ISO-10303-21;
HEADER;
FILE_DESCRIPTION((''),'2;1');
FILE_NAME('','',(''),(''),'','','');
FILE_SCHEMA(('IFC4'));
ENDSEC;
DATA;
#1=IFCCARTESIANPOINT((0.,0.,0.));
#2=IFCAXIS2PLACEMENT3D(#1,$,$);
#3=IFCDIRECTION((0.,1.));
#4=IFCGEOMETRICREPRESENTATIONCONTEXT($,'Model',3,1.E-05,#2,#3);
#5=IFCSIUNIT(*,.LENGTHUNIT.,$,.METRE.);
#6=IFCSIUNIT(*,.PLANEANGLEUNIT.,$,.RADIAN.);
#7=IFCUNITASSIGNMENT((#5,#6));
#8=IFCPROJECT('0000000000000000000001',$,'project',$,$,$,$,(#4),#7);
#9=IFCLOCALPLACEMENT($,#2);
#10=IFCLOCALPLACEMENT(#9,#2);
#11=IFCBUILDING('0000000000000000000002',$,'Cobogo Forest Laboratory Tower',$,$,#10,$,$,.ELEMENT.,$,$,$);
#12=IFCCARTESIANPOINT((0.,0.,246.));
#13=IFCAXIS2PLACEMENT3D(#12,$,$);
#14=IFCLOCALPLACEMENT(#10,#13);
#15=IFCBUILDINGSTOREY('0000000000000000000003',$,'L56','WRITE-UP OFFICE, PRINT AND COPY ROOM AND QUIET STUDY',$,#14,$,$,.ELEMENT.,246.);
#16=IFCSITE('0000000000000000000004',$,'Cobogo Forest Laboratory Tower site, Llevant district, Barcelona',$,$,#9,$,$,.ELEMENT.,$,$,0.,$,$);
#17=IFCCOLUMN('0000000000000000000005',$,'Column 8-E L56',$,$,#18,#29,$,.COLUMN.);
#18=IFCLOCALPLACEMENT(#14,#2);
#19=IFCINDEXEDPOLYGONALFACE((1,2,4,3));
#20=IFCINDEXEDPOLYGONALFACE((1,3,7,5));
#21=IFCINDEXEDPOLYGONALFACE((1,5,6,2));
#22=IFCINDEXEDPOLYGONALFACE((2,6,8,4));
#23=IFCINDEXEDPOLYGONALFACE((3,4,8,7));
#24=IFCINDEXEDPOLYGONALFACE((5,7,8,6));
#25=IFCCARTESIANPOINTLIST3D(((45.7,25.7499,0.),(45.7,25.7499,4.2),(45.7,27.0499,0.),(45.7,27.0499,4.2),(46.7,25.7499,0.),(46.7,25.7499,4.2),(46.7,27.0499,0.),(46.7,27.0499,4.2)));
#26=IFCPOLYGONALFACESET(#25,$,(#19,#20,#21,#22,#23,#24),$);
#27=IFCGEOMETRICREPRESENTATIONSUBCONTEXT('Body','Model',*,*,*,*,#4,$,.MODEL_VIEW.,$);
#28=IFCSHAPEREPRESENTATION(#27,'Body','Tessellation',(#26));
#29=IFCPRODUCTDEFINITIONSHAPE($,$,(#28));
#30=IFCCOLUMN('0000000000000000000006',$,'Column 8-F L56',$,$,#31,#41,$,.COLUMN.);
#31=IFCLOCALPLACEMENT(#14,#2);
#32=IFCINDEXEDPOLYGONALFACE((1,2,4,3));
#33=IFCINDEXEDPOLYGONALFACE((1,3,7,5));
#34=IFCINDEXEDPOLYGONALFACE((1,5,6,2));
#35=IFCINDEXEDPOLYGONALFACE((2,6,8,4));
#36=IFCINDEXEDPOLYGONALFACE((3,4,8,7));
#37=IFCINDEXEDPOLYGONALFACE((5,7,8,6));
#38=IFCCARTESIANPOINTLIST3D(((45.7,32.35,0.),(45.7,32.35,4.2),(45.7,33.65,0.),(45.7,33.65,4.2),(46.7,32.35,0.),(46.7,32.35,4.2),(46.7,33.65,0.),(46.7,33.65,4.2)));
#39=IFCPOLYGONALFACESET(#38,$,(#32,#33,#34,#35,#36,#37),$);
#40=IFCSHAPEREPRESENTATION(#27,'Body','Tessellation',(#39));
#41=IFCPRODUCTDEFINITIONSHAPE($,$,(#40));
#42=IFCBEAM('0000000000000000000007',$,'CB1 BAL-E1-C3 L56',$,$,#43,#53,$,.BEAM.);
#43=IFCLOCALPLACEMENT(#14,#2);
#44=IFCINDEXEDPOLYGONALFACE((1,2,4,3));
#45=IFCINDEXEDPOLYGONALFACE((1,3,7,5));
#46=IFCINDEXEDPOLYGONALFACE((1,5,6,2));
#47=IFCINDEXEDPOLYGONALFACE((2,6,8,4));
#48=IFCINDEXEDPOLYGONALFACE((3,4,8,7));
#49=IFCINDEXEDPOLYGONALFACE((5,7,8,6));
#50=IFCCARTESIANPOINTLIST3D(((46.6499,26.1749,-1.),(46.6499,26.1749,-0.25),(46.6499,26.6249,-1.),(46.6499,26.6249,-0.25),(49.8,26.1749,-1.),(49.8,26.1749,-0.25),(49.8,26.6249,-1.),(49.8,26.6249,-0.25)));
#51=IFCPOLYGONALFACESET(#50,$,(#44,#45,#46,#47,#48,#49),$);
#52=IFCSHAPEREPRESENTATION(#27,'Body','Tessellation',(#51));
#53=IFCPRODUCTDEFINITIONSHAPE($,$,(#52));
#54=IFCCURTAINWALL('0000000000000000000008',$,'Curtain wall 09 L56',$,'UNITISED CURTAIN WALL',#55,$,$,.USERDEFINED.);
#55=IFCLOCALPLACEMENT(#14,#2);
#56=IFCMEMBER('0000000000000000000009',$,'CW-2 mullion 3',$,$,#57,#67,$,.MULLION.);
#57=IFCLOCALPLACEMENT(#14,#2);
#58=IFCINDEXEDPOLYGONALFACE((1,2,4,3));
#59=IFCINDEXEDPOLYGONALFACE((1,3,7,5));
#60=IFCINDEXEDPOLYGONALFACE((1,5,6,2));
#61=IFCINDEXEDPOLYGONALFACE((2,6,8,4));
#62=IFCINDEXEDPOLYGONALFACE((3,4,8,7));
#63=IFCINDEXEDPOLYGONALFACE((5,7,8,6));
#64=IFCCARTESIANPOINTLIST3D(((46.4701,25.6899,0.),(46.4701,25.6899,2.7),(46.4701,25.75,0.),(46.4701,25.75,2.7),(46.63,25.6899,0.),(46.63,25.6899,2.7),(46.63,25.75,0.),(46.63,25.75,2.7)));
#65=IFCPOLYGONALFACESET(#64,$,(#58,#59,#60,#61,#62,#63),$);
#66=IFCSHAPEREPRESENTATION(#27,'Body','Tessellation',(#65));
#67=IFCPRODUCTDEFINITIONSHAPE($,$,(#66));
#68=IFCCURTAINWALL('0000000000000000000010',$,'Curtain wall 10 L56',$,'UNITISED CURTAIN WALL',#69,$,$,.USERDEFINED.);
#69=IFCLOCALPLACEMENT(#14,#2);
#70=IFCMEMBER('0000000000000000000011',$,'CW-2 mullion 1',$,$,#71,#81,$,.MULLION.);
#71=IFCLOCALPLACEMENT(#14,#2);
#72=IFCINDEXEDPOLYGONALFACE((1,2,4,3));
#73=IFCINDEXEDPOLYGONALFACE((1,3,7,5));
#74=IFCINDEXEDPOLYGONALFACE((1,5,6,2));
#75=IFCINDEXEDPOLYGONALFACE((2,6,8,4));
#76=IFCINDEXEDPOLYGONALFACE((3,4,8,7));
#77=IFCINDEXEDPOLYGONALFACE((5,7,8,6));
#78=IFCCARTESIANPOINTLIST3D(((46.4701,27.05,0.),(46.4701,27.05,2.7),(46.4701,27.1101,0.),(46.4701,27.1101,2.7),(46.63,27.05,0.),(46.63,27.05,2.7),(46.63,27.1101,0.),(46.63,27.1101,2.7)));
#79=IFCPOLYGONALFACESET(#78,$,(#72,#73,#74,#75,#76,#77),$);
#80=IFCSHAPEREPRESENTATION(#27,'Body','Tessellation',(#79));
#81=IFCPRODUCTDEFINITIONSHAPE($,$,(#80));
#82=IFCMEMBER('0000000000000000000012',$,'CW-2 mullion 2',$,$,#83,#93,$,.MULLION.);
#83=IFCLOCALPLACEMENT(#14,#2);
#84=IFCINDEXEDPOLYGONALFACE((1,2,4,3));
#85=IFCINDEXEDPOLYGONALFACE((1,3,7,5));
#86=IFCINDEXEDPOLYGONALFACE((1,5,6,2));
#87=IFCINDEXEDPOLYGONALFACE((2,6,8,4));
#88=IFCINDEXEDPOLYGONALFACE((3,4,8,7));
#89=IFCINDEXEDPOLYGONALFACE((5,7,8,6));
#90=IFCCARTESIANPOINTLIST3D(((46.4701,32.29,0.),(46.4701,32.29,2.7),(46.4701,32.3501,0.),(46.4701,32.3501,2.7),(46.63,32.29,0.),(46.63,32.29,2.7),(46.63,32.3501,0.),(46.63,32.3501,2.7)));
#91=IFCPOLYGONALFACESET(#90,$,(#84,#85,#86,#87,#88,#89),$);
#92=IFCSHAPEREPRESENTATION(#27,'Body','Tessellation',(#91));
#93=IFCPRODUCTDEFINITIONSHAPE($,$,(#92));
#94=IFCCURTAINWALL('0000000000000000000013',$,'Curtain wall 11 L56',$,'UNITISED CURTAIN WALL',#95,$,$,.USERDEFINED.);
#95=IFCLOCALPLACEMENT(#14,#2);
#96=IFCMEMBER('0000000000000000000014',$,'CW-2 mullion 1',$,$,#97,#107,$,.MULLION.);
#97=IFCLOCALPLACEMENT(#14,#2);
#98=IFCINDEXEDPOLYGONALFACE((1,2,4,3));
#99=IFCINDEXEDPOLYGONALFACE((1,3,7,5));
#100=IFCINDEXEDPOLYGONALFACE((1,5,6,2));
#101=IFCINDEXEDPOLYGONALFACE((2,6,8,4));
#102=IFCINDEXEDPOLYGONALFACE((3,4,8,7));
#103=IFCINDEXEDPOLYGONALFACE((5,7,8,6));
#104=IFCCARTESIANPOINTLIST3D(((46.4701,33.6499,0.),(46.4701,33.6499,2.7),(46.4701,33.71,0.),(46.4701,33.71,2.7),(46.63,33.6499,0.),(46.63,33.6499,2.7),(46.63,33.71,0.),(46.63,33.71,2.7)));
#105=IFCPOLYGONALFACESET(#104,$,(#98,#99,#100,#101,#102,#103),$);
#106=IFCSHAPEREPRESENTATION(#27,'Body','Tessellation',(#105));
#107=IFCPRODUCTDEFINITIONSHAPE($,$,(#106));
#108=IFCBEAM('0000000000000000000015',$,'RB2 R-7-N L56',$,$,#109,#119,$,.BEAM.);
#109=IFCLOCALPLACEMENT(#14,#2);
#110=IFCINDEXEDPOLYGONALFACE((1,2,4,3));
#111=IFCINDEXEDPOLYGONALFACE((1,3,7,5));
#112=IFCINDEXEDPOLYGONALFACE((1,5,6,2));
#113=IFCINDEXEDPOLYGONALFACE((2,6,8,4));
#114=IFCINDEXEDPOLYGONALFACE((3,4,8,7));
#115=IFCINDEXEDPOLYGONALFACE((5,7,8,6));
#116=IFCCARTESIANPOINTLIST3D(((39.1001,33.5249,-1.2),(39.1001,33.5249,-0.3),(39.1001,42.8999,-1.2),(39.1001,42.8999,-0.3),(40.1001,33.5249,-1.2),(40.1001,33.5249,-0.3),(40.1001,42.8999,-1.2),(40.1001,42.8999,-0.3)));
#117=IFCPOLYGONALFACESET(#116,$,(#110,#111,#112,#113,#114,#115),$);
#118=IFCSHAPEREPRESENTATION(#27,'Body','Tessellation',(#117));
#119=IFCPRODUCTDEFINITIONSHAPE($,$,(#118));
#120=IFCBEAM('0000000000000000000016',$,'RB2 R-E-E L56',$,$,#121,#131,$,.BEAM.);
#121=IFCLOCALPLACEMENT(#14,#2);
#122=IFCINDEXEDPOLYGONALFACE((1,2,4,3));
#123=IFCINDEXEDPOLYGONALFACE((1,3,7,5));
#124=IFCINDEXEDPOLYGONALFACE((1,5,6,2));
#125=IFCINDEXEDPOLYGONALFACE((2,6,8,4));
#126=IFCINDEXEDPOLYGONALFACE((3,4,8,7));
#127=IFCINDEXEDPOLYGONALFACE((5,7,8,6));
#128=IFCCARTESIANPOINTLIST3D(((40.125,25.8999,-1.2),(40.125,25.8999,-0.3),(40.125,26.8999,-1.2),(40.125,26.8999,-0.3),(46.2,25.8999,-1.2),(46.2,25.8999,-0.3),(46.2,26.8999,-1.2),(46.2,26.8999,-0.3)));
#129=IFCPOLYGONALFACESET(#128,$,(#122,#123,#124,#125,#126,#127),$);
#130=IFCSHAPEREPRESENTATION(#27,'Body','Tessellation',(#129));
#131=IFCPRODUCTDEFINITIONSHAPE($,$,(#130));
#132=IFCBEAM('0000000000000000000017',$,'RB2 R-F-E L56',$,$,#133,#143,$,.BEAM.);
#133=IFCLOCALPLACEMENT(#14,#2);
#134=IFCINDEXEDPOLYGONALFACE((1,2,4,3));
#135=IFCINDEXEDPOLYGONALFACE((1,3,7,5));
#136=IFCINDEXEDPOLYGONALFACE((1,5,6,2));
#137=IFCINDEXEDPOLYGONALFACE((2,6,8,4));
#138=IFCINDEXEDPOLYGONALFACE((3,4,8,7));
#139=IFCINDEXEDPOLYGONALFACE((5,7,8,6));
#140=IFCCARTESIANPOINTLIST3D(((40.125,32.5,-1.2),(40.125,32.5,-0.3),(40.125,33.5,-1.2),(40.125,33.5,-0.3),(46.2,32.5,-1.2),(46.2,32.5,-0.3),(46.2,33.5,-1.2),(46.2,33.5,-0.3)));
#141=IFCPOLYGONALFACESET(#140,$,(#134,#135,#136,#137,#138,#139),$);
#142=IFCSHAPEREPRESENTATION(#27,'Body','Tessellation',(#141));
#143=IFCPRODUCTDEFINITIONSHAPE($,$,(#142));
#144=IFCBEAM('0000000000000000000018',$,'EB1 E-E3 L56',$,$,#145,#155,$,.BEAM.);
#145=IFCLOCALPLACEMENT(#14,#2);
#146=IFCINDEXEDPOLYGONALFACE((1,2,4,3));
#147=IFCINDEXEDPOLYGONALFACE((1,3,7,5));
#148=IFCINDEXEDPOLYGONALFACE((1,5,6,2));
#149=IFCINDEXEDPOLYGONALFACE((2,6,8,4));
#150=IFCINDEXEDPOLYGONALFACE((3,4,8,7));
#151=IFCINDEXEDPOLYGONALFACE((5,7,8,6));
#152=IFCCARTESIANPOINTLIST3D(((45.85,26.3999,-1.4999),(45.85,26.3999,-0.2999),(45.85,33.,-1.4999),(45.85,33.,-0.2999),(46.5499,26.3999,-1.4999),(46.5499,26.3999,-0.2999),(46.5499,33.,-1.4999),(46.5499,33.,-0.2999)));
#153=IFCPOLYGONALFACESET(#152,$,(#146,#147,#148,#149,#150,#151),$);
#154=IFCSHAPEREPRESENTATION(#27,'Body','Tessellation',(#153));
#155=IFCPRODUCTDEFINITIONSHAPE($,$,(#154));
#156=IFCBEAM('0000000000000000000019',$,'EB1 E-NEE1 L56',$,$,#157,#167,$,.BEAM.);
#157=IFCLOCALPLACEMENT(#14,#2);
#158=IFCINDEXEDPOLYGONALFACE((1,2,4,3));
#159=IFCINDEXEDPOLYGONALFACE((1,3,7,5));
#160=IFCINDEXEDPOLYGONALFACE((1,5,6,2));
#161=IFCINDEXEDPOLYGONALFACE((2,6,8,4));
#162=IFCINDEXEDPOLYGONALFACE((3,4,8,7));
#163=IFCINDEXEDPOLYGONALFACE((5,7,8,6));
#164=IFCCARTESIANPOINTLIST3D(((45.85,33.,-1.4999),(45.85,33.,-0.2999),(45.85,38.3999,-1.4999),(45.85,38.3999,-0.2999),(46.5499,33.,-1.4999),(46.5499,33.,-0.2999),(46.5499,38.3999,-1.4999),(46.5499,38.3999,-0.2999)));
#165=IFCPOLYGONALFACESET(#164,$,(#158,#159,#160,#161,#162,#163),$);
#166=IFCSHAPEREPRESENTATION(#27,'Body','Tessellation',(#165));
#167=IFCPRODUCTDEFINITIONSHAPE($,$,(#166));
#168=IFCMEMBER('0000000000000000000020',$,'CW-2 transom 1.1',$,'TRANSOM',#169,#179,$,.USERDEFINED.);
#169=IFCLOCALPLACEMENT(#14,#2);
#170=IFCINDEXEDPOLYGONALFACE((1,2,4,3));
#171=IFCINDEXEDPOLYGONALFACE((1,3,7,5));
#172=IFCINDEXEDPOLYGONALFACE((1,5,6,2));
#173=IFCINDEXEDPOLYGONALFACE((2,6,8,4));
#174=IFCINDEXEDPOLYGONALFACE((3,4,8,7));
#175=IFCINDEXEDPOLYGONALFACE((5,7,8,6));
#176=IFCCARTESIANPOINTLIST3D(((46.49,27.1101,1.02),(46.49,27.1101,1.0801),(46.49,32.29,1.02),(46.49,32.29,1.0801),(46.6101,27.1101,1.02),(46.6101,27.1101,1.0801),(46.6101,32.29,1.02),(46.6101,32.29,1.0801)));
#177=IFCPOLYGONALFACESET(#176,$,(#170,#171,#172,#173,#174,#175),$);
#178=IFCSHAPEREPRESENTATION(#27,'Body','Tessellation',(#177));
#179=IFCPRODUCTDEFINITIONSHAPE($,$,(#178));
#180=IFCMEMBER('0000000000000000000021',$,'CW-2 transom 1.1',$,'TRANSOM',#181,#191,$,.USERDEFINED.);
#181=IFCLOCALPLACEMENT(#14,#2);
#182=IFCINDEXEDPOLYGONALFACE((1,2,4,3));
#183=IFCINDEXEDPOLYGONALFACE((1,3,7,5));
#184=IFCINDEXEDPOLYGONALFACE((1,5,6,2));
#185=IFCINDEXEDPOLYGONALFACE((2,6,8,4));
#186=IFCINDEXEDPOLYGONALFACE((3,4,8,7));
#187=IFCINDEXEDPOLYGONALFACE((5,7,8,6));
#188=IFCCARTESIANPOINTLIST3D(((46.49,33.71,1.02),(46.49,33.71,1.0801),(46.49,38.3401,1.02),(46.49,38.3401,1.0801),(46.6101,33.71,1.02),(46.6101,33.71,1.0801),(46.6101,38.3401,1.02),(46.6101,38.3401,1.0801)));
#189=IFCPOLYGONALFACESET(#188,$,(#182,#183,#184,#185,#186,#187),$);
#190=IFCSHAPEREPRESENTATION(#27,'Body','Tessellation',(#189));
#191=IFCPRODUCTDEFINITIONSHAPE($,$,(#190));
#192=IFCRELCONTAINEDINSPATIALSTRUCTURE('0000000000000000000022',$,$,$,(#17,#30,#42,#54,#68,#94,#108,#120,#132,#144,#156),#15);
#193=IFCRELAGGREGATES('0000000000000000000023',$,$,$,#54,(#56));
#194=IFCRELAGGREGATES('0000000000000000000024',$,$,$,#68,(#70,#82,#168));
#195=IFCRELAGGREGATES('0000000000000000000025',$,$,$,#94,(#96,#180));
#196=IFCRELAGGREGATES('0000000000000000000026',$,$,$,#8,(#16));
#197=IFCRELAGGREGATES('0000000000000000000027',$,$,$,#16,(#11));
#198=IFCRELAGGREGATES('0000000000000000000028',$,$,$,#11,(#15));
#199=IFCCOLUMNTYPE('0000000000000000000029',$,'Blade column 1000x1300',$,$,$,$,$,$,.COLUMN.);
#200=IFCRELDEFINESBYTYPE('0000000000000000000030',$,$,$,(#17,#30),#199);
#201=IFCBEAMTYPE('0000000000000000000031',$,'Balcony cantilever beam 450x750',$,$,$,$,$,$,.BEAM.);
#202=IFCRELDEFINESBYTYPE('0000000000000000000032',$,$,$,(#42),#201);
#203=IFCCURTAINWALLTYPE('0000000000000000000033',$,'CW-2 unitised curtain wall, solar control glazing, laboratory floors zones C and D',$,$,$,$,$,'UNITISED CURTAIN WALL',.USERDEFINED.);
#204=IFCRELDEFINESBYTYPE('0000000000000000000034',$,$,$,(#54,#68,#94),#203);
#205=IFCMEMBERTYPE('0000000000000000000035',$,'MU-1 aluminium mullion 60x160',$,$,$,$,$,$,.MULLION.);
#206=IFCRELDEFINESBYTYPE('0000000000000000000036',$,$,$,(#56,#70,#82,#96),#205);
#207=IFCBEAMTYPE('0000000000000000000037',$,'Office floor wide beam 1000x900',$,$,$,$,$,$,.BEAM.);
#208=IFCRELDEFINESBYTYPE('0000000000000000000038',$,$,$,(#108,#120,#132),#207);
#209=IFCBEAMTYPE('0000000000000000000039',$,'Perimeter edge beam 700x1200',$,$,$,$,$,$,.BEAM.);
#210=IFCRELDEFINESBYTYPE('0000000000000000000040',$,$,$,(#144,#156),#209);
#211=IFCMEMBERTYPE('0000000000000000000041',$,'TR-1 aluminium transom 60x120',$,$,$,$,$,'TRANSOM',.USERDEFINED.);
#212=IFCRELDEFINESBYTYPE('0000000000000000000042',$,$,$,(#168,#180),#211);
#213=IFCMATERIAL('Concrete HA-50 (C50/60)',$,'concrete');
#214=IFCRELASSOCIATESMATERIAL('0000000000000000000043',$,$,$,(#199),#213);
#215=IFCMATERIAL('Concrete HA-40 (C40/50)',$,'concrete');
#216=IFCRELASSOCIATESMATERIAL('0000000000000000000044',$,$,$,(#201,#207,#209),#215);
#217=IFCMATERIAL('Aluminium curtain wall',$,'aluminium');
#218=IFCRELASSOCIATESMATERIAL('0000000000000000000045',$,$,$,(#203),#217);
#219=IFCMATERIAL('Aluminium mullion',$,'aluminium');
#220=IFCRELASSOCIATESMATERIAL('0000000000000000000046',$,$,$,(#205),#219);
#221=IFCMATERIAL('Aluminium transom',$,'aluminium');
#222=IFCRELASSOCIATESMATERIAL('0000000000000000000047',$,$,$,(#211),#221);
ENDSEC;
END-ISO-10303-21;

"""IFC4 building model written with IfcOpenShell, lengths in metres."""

from ifc_helpers import new_model, si_unit, direction, frame, origin, origin_2d, place, context, subcontext, project, spatial, rectangle, extrude, material, material_profile, profile_set, type_object, element, aggregate, save


model = new_model("IFC4")

# Units and contexts
model_context = context("Model", 3, precision=1e-05, world=origin(), true_north=direction((0.0, 1.0)))
body_context = subcontext(model_context, "Body", "Model", "MODEL_VIEW")
ifc_project = project(units=[si_unit("LENGTHUNIT", "METRE"), si_unit("PLANEANGLEUNIT", "RADIAN")], contexts=[model_context])

# Site, building, storey
site_placement = place(None, origin())
site = spatial("IfcSite", under=ifc_project, at=site_placement, Name="Cobogo Forest Laboratory Tower site, Llevant district, Barcelona", CompositionType="ELEMENT", RefElevation=0.0)
building_placement = place(site_placement, origin())
building = spatial("IfcBuilding", under=site, at=building_placement, Name="Cobogo Forest Laboratory Tower", CompositionType="ELEMENT")
storey_placement = place(building_placement, frame((0.0, 0.0, 246.0)))
storey = spatial("IfcBuildingStorey", under=building, at=storey_placement, Name="L56", Description="WRITE-UP OFFICE, PRINT AND COPY ROOM AND QUIET STUDY", CompositionType="ELEMENT", Elevation=246.0)

# Columns
ifc_material_1 = material(Name="Concrete HA-50 (C50/60)", Category="concrete")
ifc_material_profile_1 = material_profile(ifc_material_1, rectangle(XDim=1.3, YDim=1.0, at=origin_2d()), Name="RC 1000x1300")
ifc_profile_set_1 = profile_set([ifc_material_profile_1], Name="Concrete HA-50 (C50/60)")
column_type = type_object("IfcColumnType", Name="Blade column 1000x1300", PredefinedType="COLUMN", material=ifc_profile_set_1)
for number, where, z_axis, x_axis, name in (
    (1, (46.2, 26.3999, 0.0), (0.0, 0.0, 1.0), (0.0, 1.0, 0.0), "Column 8-E L56"),
    (2, (46.2, 33.0, 0.0), (0.0, 0.0, 1.0), (0.0, 1.0, 0.0), "Column 8-F L56"),
):
    element("IfcColumn", number, at=place(storey_placement, frame(where, z_axis=z_axis, x_axis=x_axis)), inside=storey, type_object=column_type, Name=name, PredefinedType="COLUMN", context=body_context, shape_type="SweptSolid", body=[
        extrude(rectangle(XDim=1.3, YDim=1.0, at=origin_2d()), origin(), (0.0, 0.0, 1.0), 4.2),
    ])

# Beam
ifc_material_2 = material(Name="Concrete HA-40 (C40/50)", Category="concrete")
ifc_material_profile_2 = material_profile(ifc_material_2, rectangle(XDim=0.45, YDim=0.75, at=origin_2d()), Name="RC 450x750")
ifc_profile_set_2 = profile_set([ifc_material_profile_2], Name="Concrete HA-40 (C40/50)")
beam_type_1 = type_object("IfcBeamType", Name="Balcony cantilever beam 450x750", PredefinedType="BEAM", material=ifc_profile_set_2)
beam_1_placement = place(storey_placement, frame((46.6499, 26.3999, -0.625), z_axis=(1.0, 0.0, 0.0), x_axis=(0.0, 1.0, 0.0)))
element("IfcBeam", 3, at=beam_1_placement, inside=storey, type_object=beam_type_1, Name="CB1 BAL-E1-C3 L56", PredefinedType="BEAM", context=body_context, shape_type="SweptSolid", body=[
    extrude(rectangle(XDim=0.45, YDim=0.75, at=origin_2d()), origin(), (0.0, 0.0, 1.0), 3.1501),
])

# Curtain wall, member
ifc_material_3 = material(Name="Aluminium curtain wall", Category="aluminium")
curtain_wall_type = type_object("IfcCurtainWallType", Name="CW-2 unitised curtain wall, solar control glazing, laboratory floors zones C and D", ElementType="UNITISED CURTAIN WALL", PredefinedType="USERDEFINED", material=ifc_material_3)
curtain_wall_1_placement = place(storey_placement, origin())
curtain_wall_1 = element("IfcCurtainWall", 4, at=curtain_wall_1_placement, inside=storey, type_object=curtain_wall_type, Name="Curtain wall 09 L56", ObjectType="UNITISED CURTAIN WALL", PredefinedType="USERDEFINED")
ifc_material_4 = material(Name="Aluminium mullion", Category="aluminium")
ifc_material_profile_3 = material_profile(ifc_material_4, rectangle(XDim=0.0601, YDim=0.1599, at=origin_2d()), Name="AL 60x160")
ifc_profile_set_3 = profile_set([ifc_material_profile_3], Name="Aluminium mullion")
member_type_1 = type_object("IfcMemberType", Name="MU-1 aluminium mullion 60x160", PredefinedType="MULLION", material=ifc_profile_set_3)
member_1_placement = place(storey_placement, frame((46.55, 25.72, 0.0), z_axis=(0.0, 0.0, 1.0), x_axis=(0.0, 1.0, 0.0)))
member_1 = element("IfcMember", 5, at=member_1_placement, type_object=member_type_1, Name="CW-2 mullion 3", PredefinedType="MULLION", context=body_context, shape_type="SweptSolid", body=[
    extrude(rectangle(XDim=0.0601, YDim=0.1599, at=origin_2d()), origin(), (0.0, 0.0, 1.0), 2.7),
])

# Curtain wall, members
curtain_wall_2_placement = place(storey_placement, origin())
curtain_wall_2 = element("IfcCurtainWall", 6, at=curtain_wall_2_placement, inside=storey, type_object=curtain_wall_type, Name="Curtain wall 10 L56", ObjectType="UNITISED CURTAIN WALL", PredefinedType="USERDEFINED")
member_2_placement = place(storey_placement, frame((46.55, 27.0801, 0.0), z_axis=(0.0, 0.0, 1.0), x_axis=(0.0, 1.0, 0.0)))
member_2 = element("IfcMember", 7, at=member_2_placement, type_object=member_type_1, Name="CW-2 mullion 1", PredefinedType="MULLION", context=body_context, shape_type="SweptSolid", body=[
    extrude(rectangle(XDim=0.0601, YDim=0.1599, at=origin_2d()), origin(), (0.0, 0.0, 1.0), 2.7),
])
member_3_placement = place(storey_placement, frame((46.55, 32.3201, 0.0), z_axis=(0.0, 0.0, 1.0), x_axis=(0.0, 1.0, 0.0)))
member_3 = element("IfcMember", 8, at=member_3_placement, type_object=member_type_1, Name="CW-2 mullion 2", PredefinedType="MULLION", context=body_context, shape_type="SweptSolid", body=[
    extrude(rectangle(XDim=0.0601, YDim=0.1599, at=origin_2d()), origin(), (0.0, 0.0, 1.0), 2.7),
])

# Curtain wall, member
curtain_wall_3_placement = place(storey_placement, origin())
curtain_wall_3 = element("IfcCurtainWall", 9, at=curtain_wall_3_placement, inside=storey, type_object=curtain_wall_type, Name="Curtain wall 11 L56", ObjectType="UNITISED CURTAIN WALL", PredefinedType="USERDEFINED")
member_4_placement = place(storey_placement, frame((46.55, 33.6799, 0.0), z_axis=(0.0, 0.0, 1.0), x_axis=(0.0, 1.0, 0.0)))
member_4 = element("IfcMember", 10, at=member_4_placement, type_object=member_type_1, Name="CW-2 mullion 1", PredefinedType="MULLION", context=body_context, shape_type="SweptSolid", body=[
    extrude(rectangle(XDim=0.0601, YDim=0.1599, at=origin_2d()), origin(), (0.0, 0.0, 1.0), 2.7),
])

# Beams
ifc_material_profile_4 = material_profile(ifc_material_2, rectangle(XDim=1.0, YDim=0.8999, at=origin_2d()), Name="RC 1000x900")
ifc_profile_set_4 = profile_set([ifc_material_profile_4], Name="Concrete HA-40 (C40/50)")
beam_type_2 = type_object("IfcBeamType", Name="Office floor wide beam 1000x900", PredefinedType="BEAM", material=ifc_profile_set_4)
beam_2_placement = place(storey_placement, frame((39.6001, 33.5249, -0.75), z_axis=(0.0, 1.0, 0.0), x_axis=(-1.0, 0.0, 0.0)))
element("IfcBeam", 11, at=beam_2_placement, inside=storey, type_object=beam_type_2, Name="RB2 R-7-N L56", PredefinedType="BEAM", context=body_context, shape_type="SweptSolid", body=[
    extrude(rectangle(XDim=1.0, YDim=0.8999, at=origin_2d()), origin(), (0.0, 0.0, 1.0), 9.375),
])
for number, where, z_axis, x_axis, name in (
    (12, (40.125, 26.3999, -0.75), (1.0, 0.0, 0.0), (0.0, 1.0, 0.0), "RB2 R-E-E L56"),
    (13, (40.125, 33.0, -0.75), (1.0, 0.0, 0.0), (0.0, 1.0, 0.0), "RB2 R-F-E L56"),
):
    element("IfcBeam", number, at=place(storey_placement, frame(where, z_axis=z_axis, x_axis=x_axis)), inside=storey, type_object=beam_type_2, Name=name, PredefinedType="BEAM", context=body_context, shape_type="SweptSolid", body=[
        extrude(rectangle(XDim=1.0, YDim=0.8999, at=origin_2d()), origin(), (0.0, 0.0, 1.0), 6.075),
    ])
ifc_material_profile_5 = material_profile(ifc_material_2, rectangle(XDim=0.7, YDim=1.2, at=origin_2d()), Name="RC 700x1200")
ifc_profile_set_5 = profile_set([ifc_material_profile_5], Name="Concrete HA-40 (C40/50)")
beam_type_3 = type_object("IfcBeamType", Name="Perimeter edge beam 700x1200", PredefinedType="BEAM", material=ifc_profile_set_5)
beam_3_placement = place(storey_placement, frame((46.2, 26.3999, -0.8999), z_axis=(0.0, 1.0, 0.0), x_axis=(-1.0, 0.0, 0.0)))
element("IfcBeam", 14, at=beam_3_placement, inside=storey, type_object=beam_type_3, Name="EB1 E-E3 L56", PredefinedType="BEAM", context=body_context, shape_type="SweptSolid", body=[
    extrude(rectangle(XDim=0.7, YDim=1.2, at=origin_2d()), origin(), (0.0, 0.0, 1.0), 6.6001),
])
beam_4_placement = place(storey_placement, frame((46.2, 33.0, -0.8999), z_axis=(0.0, 1.0, 0.0), x_axis=(-1.0, 0.0, 0.0)))
element("IfcBeam", 15, at=beam_4_placement, inside=storey, type_object=beam_type_3, Name="EB1 E-NEE1 L56", PredefinedType="BEAM", context=body_context, shape_type="SweptSolid", body=[
    extrude(rectangle(XDim=0.7, YDim=1.2, at=origin_2d()), origin(), (0.0, 0.0, 1.0), 5.3999),
])

# Members
ifc_material_5 = material(Name="Aluminium transom", Category="aluminium")
ifc_material_profile_6 = material_profile(ifc_material_5, rectangle(XDim=0.1201, YDim=0.0601, at=origin_2d()), Name="AL 60x120")
ifc_profile_set_6 = profile_set([ifc_material_profile_6], Name="Aluminium transom")
member_type_2 = type_object("IfcMemberType", Name="TR-1 aluminium transom 60x120", ElementType="TRANSOM", PredefinedType="USERDEFINED", material=ifc_profile_set_6)
member_5_placement = place(storey_placement, frame((46.55, 27.1101, 1.05), z_axis=(0.0, 1.0, 0.0), x_axis=(-1.0, 0.0, 0.0)))
member_5 = element("IfcMember", 16, at=member_5_placement, type_object=member_type_2, Name="CW-2 transom 1.1", ObjectType="TRANSOM", PredefinedType="USERDEFINED", context=body_context, shape_type="SweptSolid", body=[
    extrude(rectangle(XDim=0.1201, YDim=0.0601, at=origin_2d()), origin(), (0.0, 0.0, 1.0), 5.1799),
])
member_6_placement = place(storey_placement, frame((46.55, 33.71, 1.05), z_axis=(0.0, 1.0, 0.0), x_axis=(-1.0, 0.0, 0.0)))
member_6 = element("IfcMember", 17, at=member_6_placement, type_object=member_type_2, Name="CW-2 transom 1.1", ObjectType="TRANSOM", PredefinedType="USERDEFINED", context=body_context, shape_type="SweptSolid", body=[
    extrude(rectangle(XDim=0.1201, YDim=0.0601, at=origin_2d()), origin(), (0.0, 0.0, 1.0), 4.6301),
])

aggregate(curtain_wall_1, [member_1])
aggregate(curtain_wall_2, [member_2, member_3, member_5])
aggregate(curtain_wall_3, [member_4, member_6])

save(model, "model.ifc")
